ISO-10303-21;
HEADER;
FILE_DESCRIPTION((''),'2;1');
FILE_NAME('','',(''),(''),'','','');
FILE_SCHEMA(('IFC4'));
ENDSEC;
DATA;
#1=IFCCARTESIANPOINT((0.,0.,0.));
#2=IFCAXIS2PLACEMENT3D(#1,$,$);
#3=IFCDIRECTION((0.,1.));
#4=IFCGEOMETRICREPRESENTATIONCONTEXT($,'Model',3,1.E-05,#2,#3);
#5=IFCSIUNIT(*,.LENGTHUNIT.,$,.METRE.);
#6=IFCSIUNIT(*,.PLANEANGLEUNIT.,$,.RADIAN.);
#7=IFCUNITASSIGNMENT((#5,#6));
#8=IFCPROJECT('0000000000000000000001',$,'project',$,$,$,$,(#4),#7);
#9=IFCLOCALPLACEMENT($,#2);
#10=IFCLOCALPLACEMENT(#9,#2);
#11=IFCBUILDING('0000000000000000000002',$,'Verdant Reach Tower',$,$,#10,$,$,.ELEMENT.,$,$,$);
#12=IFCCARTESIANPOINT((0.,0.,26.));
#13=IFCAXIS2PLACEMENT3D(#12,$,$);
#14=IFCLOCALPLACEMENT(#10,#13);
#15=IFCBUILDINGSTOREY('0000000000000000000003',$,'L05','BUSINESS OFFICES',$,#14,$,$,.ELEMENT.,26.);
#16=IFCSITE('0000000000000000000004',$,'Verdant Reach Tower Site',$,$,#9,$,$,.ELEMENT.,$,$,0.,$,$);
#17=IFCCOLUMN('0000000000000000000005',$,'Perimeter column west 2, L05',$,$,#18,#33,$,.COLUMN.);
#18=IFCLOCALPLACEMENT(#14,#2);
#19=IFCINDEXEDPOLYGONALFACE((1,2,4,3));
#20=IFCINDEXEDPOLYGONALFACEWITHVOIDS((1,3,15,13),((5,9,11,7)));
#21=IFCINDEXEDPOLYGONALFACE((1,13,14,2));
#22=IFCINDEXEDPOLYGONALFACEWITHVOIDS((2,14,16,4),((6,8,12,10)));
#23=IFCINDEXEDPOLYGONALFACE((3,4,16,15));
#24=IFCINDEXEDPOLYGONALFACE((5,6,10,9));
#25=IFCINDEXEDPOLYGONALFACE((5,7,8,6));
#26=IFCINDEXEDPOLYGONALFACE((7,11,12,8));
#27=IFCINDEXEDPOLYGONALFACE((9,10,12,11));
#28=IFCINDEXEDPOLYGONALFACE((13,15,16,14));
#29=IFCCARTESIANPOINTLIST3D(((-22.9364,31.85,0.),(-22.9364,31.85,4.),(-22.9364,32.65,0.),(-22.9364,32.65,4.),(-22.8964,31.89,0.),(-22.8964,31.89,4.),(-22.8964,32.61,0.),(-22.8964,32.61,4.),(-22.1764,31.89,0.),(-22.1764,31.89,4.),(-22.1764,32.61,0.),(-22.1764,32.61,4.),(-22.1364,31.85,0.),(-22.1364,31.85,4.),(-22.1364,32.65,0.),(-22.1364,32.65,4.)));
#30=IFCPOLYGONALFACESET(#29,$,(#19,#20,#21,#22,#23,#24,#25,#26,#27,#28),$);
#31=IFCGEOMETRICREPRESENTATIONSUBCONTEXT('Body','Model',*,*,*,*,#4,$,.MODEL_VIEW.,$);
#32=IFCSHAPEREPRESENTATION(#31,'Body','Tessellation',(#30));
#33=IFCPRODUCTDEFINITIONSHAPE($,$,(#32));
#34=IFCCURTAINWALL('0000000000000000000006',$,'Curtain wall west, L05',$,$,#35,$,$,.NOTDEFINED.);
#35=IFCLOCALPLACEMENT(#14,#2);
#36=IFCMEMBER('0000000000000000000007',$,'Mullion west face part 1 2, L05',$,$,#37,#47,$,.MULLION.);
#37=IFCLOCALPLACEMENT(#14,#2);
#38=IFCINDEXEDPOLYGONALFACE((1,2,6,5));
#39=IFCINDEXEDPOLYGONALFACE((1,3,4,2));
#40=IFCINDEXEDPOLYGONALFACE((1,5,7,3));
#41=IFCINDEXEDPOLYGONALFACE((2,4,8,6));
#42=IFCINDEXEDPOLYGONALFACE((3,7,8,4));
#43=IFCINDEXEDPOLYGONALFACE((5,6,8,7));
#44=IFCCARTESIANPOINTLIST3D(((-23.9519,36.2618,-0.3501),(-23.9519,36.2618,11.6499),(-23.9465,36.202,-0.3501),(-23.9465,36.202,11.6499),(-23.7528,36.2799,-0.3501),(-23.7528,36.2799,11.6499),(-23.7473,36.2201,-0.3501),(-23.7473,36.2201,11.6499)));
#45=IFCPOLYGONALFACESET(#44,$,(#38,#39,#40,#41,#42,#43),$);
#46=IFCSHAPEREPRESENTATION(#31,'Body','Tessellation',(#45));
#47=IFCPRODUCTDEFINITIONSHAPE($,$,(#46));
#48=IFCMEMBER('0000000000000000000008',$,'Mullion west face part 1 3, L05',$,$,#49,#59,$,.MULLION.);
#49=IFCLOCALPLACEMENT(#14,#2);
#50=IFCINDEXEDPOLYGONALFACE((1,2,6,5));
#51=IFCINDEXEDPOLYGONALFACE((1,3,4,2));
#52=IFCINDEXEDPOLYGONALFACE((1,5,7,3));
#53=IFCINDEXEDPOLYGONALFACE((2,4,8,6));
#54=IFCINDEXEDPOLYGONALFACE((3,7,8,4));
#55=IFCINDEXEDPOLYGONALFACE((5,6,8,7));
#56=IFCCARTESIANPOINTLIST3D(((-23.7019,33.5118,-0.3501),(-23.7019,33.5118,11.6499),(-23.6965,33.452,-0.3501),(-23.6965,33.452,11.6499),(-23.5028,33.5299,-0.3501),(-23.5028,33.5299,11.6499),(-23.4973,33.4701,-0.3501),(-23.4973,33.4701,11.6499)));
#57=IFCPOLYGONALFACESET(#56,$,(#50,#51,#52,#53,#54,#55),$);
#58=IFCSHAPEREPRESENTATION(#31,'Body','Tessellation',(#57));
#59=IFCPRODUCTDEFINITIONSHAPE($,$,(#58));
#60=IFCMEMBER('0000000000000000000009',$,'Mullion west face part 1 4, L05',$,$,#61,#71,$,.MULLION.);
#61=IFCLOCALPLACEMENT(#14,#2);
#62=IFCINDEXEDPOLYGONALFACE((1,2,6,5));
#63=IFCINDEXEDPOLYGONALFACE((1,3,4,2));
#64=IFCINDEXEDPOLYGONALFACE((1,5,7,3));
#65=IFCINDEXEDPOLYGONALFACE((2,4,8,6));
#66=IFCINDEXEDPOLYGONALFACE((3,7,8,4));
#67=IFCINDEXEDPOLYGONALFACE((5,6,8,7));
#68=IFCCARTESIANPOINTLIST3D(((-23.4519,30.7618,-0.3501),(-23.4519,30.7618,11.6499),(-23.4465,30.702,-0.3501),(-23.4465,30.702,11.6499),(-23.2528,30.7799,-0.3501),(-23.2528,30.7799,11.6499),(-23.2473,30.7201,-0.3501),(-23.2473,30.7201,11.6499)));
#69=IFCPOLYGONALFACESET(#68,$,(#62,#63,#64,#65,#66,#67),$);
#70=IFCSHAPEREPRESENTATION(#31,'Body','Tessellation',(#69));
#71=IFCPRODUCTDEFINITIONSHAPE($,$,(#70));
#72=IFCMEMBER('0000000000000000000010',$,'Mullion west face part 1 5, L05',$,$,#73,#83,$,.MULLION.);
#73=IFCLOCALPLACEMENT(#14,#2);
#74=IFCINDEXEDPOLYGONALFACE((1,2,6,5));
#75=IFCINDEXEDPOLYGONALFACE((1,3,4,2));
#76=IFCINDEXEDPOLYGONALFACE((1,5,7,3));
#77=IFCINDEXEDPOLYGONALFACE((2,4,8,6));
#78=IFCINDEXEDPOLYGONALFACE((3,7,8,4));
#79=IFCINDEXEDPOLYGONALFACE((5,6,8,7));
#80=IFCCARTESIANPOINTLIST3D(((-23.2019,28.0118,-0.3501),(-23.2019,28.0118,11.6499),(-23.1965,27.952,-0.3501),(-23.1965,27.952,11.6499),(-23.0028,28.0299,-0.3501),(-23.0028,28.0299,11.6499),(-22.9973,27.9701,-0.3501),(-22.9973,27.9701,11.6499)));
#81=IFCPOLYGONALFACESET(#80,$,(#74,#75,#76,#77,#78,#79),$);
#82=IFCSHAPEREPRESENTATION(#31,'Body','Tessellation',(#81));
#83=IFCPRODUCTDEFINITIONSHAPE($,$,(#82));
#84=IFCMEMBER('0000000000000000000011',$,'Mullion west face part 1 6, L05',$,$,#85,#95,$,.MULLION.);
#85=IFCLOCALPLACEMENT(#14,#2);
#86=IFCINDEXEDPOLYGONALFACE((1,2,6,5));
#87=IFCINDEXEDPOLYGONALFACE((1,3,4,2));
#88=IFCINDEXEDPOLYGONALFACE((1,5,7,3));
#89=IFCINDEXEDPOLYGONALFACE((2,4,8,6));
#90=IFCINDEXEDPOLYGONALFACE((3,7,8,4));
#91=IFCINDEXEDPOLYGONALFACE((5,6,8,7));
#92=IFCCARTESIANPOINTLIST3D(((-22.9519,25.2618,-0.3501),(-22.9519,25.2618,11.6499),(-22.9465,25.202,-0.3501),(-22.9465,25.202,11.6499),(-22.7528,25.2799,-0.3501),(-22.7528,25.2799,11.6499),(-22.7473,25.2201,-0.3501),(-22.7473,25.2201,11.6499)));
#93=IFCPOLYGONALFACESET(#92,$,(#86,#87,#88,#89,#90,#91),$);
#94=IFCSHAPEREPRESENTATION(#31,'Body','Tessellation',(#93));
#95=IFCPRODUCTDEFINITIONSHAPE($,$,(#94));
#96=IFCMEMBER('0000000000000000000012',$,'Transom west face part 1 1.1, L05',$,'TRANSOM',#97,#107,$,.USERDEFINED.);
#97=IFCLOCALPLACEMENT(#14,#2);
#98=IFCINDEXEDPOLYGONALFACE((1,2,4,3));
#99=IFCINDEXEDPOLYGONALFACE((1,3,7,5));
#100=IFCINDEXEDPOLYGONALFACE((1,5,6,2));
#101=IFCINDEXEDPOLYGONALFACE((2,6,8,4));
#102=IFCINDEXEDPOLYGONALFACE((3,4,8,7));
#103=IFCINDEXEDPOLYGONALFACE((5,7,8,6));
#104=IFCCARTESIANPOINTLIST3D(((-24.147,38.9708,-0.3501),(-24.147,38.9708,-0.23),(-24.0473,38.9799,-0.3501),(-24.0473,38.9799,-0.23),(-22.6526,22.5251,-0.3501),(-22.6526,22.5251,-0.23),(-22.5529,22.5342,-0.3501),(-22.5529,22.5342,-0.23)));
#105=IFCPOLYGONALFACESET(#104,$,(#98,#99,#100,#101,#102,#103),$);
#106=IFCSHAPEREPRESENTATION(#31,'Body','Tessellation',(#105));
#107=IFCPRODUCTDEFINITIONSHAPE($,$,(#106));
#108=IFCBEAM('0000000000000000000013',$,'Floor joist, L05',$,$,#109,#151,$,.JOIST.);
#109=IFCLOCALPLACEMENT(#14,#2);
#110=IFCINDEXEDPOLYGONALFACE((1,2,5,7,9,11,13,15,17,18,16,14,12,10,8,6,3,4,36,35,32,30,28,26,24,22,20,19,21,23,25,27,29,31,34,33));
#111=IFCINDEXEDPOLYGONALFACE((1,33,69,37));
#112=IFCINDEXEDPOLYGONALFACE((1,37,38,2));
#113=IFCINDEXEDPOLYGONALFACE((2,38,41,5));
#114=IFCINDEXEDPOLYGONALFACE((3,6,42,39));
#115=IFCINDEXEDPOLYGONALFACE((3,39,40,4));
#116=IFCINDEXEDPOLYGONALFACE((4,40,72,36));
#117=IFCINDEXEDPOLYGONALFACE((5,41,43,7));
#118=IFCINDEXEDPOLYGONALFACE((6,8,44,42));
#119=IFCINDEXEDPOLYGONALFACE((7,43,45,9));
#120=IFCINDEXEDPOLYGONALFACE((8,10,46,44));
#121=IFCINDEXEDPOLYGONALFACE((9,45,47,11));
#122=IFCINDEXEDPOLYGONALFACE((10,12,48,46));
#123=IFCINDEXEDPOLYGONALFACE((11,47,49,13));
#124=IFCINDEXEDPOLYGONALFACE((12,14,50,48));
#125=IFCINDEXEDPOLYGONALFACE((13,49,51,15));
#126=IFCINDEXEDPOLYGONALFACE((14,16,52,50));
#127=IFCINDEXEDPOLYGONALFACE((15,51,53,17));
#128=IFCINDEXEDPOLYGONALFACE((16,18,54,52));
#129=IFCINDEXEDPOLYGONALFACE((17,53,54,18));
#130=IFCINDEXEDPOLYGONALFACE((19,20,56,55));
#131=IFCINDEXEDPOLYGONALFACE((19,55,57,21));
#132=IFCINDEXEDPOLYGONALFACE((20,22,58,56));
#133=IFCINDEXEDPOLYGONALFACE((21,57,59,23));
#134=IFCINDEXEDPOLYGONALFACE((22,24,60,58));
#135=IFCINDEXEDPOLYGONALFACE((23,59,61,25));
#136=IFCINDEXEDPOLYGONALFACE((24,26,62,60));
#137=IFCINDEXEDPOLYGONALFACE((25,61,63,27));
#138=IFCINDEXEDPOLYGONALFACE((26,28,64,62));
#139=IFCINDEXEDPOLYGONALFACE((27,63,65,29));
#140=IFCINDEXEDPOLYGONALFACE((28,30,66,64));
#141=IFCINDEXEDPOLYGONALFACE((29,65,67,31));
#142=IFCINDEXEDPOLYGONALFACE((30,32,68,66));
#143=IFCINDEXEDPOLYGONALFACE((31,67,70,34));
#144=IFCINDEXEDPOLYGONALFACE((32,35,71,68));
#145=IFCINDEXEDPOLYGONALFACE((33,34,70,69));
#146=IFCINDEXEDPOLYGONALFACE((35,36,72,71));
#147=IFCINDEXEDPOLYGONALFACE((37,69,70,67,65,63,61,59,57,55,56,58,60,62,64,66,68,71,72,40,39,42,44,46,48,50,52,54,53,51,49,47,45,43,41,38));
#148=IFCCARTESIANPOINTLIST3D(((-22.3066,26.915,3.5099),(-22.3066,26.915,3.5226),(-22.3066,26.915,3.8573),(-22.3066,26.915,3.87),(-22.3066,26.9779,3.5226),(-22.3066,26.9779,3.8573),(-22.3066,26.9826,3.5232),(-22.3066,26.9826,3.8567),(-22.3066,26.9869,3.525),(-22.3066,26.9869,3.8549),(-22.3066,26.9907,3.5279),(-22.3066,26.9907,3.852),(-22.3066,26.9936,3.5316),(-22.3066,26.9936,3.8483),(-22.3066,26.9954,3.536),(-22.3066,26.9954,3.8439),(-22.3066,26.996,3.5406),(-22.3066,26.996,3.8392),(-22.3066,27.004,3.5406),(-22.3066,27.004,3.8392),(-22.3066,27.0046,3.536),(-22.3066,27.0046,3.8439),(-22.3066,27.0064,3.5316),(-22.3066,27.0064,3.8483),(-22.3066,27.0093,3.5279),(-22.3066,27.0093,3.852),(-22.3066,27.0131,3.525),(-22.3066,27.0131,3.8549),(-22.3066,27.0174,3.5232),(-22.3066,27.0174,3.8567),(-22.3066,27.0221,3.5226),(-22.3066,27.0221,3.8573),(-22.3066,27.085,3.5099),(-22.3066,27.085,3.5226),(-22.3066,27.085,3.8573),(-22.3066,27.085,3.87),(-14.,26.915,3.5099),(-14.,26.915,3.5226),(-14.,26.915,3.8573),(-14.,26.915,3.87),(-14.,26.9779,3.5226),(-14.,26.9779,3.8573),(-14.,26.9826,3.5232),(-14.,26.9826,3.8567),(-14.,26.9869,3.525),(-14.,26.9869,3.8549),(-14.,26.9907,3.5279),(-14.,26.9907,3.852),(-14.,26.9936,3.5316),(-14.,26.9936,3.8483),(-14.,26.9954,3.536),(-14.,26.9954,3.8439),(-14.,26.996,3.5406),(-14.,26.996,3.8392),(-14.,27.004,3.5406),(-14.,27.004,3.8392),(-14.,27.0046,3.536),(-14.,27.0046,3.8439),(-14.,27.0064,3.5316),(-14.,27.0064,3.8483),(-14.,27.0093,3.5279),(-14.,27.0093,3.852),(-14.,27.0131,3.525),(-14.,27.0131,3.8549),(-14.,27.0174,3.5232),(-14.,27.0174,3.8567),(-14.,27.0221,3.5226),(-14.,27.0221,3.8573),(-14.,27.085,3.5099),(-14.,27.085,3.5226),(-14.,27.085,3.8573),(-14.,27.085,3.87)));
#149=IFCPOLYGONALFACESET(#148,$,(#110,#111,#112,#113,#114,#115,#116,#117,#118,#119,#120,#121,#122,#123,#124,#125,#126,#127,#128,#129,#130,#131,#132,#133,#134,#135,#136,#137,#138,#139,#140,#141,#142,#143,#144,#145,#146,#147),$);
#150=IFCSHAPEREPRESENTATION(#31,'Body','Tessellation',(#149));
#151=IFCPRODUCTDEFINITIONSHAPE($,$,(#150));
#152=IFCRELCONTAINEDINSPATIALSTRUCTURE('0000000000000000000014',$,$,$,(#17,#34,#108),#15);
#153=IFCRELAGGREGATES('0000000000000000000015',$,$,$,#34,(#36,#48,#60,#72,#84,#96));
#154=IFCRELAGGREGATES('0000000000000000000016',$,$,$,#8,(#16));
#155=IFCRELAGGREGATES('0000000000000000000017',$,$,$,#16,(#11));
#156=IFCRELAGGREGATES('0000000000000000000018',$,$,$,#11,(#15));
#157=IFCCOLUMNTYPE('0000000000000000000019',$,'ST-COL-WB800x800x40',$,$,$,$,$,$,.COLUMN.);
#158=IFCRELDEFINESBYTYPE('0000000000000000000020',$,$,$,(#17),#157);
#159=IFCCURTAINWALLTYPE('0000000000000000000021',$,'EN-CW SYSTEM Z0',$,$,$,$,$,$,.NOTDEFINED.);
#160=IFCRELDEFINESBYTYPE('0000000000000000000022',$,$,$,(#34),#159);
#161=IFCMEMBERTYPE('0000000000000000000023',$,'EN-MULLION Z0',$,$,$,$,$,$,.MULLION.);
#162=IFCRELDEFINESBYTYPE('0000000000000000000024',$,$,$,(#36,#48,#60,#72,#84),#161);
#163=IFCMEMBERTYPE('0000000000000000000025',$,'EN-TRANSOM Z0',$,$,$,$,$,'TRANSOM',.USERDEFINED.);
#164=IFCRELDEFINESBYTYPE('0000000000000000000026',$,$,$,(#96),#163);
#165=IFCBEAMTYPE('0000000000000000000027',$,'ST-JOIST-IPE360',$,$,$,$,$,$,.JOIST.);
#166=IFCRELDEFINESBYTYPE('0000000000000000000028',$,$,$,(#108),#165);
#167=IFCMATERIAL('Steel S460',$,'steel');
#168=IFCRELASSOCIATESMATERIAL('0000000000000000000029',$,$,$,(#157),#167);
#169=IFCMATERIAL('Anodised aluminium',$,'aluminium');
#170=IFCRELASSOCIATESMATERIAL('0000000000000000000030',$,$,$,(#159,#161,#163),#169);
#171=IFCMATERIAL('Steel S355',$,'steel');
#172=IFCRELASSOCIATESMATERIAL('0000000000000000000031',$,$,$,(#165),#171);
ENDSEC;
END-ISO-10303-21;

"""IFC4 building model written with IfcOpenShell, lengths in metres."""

from ifc_helpers import new_model, si_unit, direction, frame, origin, origin_2d, place, context, subcontext, project, spatial, rectangle, hollow_rectangle, i_section, extrude, material, material_profile, profile_set, type_object, element, aggregate, save


model = new_model("IFC4")

# Units and contexts
model_context = context("Model", 3, precision=1e-05, world=origin(), true_north=direction((0.0, 1.0)))
body_context = subcontext(model_context, "Body", "Model", "MODEL_VIEW")
ifc_project = project(units=[si_unit("LENGTHUNIT", "METRE"), si_unit("PLANEANGLEUNIT", "RADIAN")], contexts=[model_context])

# Site, building, storey
site_placement = place(None, origin())
site = spatial("IfcSite", under=ifc_project, at=site_placement, Name="Verdant Reach Tower Site", CompositionType="ELEMENT", RefElevation=0.0)
building_placement = place(site_placement, origin())
building = spatial("IfcBuilding", under=site, at=building_placement, Name="Verdant Reach Tower", CompositionType="ELEMENT")
storey_placement = place(building_placement, frame((0.0, 0.0, 26.0)))
storey = spatial("IfcBuildingStorey", under=building, at=storey_placement, Name="L05", Description="BUSINESS OFFICES", CompositionType="ELEMENT", Elevation=26.0)

# Column
ifc_material_1 = material(Name="Steel S460", Category="steel")
ifc_material_profile_1 = material_profile(ifc_material_1, hollow_rectangle(XDim=0.8, YDim=0.8, WallThickness=0.04, at=origin_2d()), Name="WB 800x800x40")
ifc_profile_set_1 = profile_set([ifc_material_profile_1], Name="Steel S460")
column_type = type_object("IfcColumnType", Name="ST-COL-WB800x800x40", PredefinedType="COLUMN", material=ifc_profile_set_1)
column_placement = place(storey_placement, frame((-22.5364, 32.25, 0.0), z_axis=(0.0, 0.0, 1.0), x_axis=(1.0, 0.0, 0.0)))
element("IfcColumn", 1, at=column_placement, inside=storey, type_object=column_type, Name="Perimeter column west 2, L05", PredefinedType="COLUMN", context=body_context, shape_type="SweptSolid", body=[
    extrude(hollow_rectangle(XDim=0.8, YDim=0.8, WallThickness=0.04, at=origin_2d()), origin(), (0.0, 0.0, 1.0), 4.0),
])

# Curtain wall, members
ifc_material_2 = material(Name="Anodised aluminium", Category="aluminium")
curtain_wall_type = type_object("IfcCurtainWallType", Name="EN-CW SYSTEM Z0", PredefinedType="NOTDEFINED", material=ifc_material_2)
curtain_wall_placement = place(storey_placement, origin())
curtain_wall = element("IfcCurtainWall", 2, at=curtain_wall_placement, inside=storey, type_object=curtain_wall_type, Name="Curtain wall west, L05", PredefinedType="NOTDEFINED")
ifc_material_profile_2 = material_profile(ifc_material_2, rectangle(XDim=0.2, YDim=0.0601, at=origin_2d()), Name="Mullion 60x200")
ifc_profile_set_2 = profile_set([ifc_material_profile_2], Name="Anodised aluminium")
member_type_1 = type_object("IfcMemberType", Name="EN-MULLION Z0", PredefinedType="MULLION", material=ifc_profile_set_2)
member_1_placement = place(storey_placement, frame((-23.8496, 36.241, -0.3501), z_axis=(0.0, 0.0, 1.0), x_axis=(-0.995893, -0.090536, 0.0)))
member_1 = element("IfcMember", 3, at=member_1_placement, type_object=member_type_1, Name="Mullion west face part 1 2, L05", PredefinedType="MULLION", context=body_context, shape_type="SweptSolid", body=[
    extrude(rectangle(XDim=0.2, YDim=0.0601, at=origin_2d()), origin(), (0.0, 0.0, 1.0), 12.0),
])
member_2_placement = place(storey_placement, frame((-23.5996, 33.491, -0.3501), z_axis=(0.0, 0.0, 1.0), x_axis=(-0.995893, -0.090536, 0.0)))
member_2 = element("IfcMember", 4, at=member_2_placement, type_object=member_type_1, Name="Mullion west face part 1 3, L05", PredefinedType="MULLION", context=body_context, shape_type="SweptSolid", body=[
    extrude(rectangle(XDim=0.2, YDim=0.0601, at=origin_2d()), origin(), (0.0, 0.0, 1.0), 12.0),
])
member_3_placement = place(storey_placement, frame((-23.3496, 30.741, -0.3501), z_axis=(0.0, 0.0, 1.0), x_axis=(-0.995893, -0.090536, 0.0)))
member_3 = element("IfcMember", 5, at=member_3_placement, type_object=member_type_1, Name="Mullion west face part 1 4, L05", PredefinedType="MULLION", context=body_context, shape_type="SweptSolid", body=[
    extrude(rectangle(XDim=0.2, YDim=0.0601, at=origin_2d()), origin(), (0.0, 0.0, 1.0), 12.0),
])
member_4_placement = place(storey_placement, frame((-23.0996, 27.991, -0.3501), z_axis=(0.0, 0.0, 1.0), x_axis=(-0.995893, -0.090536, 0.0)))
member_4 = element("IfcMember", 6, at=member_4_placement, type_object=member_type_1, Name="Mullion west face part 1 5, L05", PredefinedType="MULLION", context=body_context, shape_type="SweptSolid", body=[
    extrude(rectangle(XDim=0.2, YDim=0.0601, at=origin_2d()), origin(), (0.0, 0.0, 1.0), 12.0),
])
member_5_placement = place(storey_placement, frame((-22.8496, 25.241, -0.3501), z_axis=(0.0, 0.0, 1.0), x_axis=(-0.995893, -0.090536, 0.0)))
member_5 = element("IfcMember", 7, at=member_5_placement, type_object=member_type_1, Name="Mullion west face part 1 6, L05", PredefinedType="MULLION", context=body_context, shape_type="SweptSolid", body=[
    extrude(rectangle(XDim=0.2, YDim=0.0601, at=origin_2d()), origin(), (0.0, 0.0, 1.0), 12.0),
])
ifc_material_profile_3 = material_profile(ifc_material_2, rectangle(XDim=0.1001, YDim=0.1201, at=origin_2d()), Name="Transom 120x100")
ifc_profile_set_3 = profile_set([ifc_material_profile_3], Name="Anodised aluminium")
member_type_2 = type_object("IfcMemberType", Name="EN-TRANSOM Z0", ElementType="TRANSOM", PredefinedType="USERDEFINED", material=ifc_profile_set_3)
member_6_placement = place(storey_placement, frame((-24.0972, 38.9753, -0.29), z_axis=(0.090496, -0.995897, 0.0), x_axis=(0.995897, 0.090496, 0.0)))
member_6 = element("IfcMember", 8, at=member_6_placement, type_object=member_type_2, Name="Transom west face part 1 1.1, L05", ObjectType="TRANSOM", PredefinedType="USERDEFINED", context=body_context, shape_type="SweptSolid", body=[
    extrude(rectangle(XDim=0.1001, YDim=0.1201, at=origin_2d()), origin(), (0.0, 0.0, 1.0), 16.5134),
])

# Beam
ifc_material_3 = material(Name="Steel S355", Category="steel")
ifc_material_profile_4 = material_profile(ifc_material_3, i_section(OverallWidth=0.1699, OverallDepth=0.3601, WebThickness=0.0081, FlangeThickness=0.0127, FilletRadius=0.0181, at=origin_2d()), Name="IPE 360")
ifc_profile_set_4 = profile_set([ifc_material_profile_4], Name="Steel S355")
beam_type_1 = type_object("IfcBeamType", Name="ST-JOIST-IPE360", PredefinedType="JOIST", material=ifc_profile_set_4)
beam_1_placement = place(storey_placement, frame((-14.0, 27.0, 3.6899), z_axis=(-1.0, 0.0, 0.0), x_axis=(0.0, -1.0, 0.0)))
element("IfcBeam", 9, at=beam_1_placement, inside=storey, type_object=beam_type_1, Name="Floor joist, L05", PredefinedType="JOIST", context=body_context, shape_type="SweptSolid", body=[
    extrude(i_section(OverallWidth=0.1699, OverallDepth=0.3601, WebThickness=0.0081, FlangeThickness=0.0127, FilletRadius=0.0181, at=origin_2d()), origin(), (0.0, 0.0, 1.0), 8.3066),
])

aggregate(curtain_wall, [member_1, member_2, member_3, member_4, member_5, member_6])

save(model, "model.ifc")
